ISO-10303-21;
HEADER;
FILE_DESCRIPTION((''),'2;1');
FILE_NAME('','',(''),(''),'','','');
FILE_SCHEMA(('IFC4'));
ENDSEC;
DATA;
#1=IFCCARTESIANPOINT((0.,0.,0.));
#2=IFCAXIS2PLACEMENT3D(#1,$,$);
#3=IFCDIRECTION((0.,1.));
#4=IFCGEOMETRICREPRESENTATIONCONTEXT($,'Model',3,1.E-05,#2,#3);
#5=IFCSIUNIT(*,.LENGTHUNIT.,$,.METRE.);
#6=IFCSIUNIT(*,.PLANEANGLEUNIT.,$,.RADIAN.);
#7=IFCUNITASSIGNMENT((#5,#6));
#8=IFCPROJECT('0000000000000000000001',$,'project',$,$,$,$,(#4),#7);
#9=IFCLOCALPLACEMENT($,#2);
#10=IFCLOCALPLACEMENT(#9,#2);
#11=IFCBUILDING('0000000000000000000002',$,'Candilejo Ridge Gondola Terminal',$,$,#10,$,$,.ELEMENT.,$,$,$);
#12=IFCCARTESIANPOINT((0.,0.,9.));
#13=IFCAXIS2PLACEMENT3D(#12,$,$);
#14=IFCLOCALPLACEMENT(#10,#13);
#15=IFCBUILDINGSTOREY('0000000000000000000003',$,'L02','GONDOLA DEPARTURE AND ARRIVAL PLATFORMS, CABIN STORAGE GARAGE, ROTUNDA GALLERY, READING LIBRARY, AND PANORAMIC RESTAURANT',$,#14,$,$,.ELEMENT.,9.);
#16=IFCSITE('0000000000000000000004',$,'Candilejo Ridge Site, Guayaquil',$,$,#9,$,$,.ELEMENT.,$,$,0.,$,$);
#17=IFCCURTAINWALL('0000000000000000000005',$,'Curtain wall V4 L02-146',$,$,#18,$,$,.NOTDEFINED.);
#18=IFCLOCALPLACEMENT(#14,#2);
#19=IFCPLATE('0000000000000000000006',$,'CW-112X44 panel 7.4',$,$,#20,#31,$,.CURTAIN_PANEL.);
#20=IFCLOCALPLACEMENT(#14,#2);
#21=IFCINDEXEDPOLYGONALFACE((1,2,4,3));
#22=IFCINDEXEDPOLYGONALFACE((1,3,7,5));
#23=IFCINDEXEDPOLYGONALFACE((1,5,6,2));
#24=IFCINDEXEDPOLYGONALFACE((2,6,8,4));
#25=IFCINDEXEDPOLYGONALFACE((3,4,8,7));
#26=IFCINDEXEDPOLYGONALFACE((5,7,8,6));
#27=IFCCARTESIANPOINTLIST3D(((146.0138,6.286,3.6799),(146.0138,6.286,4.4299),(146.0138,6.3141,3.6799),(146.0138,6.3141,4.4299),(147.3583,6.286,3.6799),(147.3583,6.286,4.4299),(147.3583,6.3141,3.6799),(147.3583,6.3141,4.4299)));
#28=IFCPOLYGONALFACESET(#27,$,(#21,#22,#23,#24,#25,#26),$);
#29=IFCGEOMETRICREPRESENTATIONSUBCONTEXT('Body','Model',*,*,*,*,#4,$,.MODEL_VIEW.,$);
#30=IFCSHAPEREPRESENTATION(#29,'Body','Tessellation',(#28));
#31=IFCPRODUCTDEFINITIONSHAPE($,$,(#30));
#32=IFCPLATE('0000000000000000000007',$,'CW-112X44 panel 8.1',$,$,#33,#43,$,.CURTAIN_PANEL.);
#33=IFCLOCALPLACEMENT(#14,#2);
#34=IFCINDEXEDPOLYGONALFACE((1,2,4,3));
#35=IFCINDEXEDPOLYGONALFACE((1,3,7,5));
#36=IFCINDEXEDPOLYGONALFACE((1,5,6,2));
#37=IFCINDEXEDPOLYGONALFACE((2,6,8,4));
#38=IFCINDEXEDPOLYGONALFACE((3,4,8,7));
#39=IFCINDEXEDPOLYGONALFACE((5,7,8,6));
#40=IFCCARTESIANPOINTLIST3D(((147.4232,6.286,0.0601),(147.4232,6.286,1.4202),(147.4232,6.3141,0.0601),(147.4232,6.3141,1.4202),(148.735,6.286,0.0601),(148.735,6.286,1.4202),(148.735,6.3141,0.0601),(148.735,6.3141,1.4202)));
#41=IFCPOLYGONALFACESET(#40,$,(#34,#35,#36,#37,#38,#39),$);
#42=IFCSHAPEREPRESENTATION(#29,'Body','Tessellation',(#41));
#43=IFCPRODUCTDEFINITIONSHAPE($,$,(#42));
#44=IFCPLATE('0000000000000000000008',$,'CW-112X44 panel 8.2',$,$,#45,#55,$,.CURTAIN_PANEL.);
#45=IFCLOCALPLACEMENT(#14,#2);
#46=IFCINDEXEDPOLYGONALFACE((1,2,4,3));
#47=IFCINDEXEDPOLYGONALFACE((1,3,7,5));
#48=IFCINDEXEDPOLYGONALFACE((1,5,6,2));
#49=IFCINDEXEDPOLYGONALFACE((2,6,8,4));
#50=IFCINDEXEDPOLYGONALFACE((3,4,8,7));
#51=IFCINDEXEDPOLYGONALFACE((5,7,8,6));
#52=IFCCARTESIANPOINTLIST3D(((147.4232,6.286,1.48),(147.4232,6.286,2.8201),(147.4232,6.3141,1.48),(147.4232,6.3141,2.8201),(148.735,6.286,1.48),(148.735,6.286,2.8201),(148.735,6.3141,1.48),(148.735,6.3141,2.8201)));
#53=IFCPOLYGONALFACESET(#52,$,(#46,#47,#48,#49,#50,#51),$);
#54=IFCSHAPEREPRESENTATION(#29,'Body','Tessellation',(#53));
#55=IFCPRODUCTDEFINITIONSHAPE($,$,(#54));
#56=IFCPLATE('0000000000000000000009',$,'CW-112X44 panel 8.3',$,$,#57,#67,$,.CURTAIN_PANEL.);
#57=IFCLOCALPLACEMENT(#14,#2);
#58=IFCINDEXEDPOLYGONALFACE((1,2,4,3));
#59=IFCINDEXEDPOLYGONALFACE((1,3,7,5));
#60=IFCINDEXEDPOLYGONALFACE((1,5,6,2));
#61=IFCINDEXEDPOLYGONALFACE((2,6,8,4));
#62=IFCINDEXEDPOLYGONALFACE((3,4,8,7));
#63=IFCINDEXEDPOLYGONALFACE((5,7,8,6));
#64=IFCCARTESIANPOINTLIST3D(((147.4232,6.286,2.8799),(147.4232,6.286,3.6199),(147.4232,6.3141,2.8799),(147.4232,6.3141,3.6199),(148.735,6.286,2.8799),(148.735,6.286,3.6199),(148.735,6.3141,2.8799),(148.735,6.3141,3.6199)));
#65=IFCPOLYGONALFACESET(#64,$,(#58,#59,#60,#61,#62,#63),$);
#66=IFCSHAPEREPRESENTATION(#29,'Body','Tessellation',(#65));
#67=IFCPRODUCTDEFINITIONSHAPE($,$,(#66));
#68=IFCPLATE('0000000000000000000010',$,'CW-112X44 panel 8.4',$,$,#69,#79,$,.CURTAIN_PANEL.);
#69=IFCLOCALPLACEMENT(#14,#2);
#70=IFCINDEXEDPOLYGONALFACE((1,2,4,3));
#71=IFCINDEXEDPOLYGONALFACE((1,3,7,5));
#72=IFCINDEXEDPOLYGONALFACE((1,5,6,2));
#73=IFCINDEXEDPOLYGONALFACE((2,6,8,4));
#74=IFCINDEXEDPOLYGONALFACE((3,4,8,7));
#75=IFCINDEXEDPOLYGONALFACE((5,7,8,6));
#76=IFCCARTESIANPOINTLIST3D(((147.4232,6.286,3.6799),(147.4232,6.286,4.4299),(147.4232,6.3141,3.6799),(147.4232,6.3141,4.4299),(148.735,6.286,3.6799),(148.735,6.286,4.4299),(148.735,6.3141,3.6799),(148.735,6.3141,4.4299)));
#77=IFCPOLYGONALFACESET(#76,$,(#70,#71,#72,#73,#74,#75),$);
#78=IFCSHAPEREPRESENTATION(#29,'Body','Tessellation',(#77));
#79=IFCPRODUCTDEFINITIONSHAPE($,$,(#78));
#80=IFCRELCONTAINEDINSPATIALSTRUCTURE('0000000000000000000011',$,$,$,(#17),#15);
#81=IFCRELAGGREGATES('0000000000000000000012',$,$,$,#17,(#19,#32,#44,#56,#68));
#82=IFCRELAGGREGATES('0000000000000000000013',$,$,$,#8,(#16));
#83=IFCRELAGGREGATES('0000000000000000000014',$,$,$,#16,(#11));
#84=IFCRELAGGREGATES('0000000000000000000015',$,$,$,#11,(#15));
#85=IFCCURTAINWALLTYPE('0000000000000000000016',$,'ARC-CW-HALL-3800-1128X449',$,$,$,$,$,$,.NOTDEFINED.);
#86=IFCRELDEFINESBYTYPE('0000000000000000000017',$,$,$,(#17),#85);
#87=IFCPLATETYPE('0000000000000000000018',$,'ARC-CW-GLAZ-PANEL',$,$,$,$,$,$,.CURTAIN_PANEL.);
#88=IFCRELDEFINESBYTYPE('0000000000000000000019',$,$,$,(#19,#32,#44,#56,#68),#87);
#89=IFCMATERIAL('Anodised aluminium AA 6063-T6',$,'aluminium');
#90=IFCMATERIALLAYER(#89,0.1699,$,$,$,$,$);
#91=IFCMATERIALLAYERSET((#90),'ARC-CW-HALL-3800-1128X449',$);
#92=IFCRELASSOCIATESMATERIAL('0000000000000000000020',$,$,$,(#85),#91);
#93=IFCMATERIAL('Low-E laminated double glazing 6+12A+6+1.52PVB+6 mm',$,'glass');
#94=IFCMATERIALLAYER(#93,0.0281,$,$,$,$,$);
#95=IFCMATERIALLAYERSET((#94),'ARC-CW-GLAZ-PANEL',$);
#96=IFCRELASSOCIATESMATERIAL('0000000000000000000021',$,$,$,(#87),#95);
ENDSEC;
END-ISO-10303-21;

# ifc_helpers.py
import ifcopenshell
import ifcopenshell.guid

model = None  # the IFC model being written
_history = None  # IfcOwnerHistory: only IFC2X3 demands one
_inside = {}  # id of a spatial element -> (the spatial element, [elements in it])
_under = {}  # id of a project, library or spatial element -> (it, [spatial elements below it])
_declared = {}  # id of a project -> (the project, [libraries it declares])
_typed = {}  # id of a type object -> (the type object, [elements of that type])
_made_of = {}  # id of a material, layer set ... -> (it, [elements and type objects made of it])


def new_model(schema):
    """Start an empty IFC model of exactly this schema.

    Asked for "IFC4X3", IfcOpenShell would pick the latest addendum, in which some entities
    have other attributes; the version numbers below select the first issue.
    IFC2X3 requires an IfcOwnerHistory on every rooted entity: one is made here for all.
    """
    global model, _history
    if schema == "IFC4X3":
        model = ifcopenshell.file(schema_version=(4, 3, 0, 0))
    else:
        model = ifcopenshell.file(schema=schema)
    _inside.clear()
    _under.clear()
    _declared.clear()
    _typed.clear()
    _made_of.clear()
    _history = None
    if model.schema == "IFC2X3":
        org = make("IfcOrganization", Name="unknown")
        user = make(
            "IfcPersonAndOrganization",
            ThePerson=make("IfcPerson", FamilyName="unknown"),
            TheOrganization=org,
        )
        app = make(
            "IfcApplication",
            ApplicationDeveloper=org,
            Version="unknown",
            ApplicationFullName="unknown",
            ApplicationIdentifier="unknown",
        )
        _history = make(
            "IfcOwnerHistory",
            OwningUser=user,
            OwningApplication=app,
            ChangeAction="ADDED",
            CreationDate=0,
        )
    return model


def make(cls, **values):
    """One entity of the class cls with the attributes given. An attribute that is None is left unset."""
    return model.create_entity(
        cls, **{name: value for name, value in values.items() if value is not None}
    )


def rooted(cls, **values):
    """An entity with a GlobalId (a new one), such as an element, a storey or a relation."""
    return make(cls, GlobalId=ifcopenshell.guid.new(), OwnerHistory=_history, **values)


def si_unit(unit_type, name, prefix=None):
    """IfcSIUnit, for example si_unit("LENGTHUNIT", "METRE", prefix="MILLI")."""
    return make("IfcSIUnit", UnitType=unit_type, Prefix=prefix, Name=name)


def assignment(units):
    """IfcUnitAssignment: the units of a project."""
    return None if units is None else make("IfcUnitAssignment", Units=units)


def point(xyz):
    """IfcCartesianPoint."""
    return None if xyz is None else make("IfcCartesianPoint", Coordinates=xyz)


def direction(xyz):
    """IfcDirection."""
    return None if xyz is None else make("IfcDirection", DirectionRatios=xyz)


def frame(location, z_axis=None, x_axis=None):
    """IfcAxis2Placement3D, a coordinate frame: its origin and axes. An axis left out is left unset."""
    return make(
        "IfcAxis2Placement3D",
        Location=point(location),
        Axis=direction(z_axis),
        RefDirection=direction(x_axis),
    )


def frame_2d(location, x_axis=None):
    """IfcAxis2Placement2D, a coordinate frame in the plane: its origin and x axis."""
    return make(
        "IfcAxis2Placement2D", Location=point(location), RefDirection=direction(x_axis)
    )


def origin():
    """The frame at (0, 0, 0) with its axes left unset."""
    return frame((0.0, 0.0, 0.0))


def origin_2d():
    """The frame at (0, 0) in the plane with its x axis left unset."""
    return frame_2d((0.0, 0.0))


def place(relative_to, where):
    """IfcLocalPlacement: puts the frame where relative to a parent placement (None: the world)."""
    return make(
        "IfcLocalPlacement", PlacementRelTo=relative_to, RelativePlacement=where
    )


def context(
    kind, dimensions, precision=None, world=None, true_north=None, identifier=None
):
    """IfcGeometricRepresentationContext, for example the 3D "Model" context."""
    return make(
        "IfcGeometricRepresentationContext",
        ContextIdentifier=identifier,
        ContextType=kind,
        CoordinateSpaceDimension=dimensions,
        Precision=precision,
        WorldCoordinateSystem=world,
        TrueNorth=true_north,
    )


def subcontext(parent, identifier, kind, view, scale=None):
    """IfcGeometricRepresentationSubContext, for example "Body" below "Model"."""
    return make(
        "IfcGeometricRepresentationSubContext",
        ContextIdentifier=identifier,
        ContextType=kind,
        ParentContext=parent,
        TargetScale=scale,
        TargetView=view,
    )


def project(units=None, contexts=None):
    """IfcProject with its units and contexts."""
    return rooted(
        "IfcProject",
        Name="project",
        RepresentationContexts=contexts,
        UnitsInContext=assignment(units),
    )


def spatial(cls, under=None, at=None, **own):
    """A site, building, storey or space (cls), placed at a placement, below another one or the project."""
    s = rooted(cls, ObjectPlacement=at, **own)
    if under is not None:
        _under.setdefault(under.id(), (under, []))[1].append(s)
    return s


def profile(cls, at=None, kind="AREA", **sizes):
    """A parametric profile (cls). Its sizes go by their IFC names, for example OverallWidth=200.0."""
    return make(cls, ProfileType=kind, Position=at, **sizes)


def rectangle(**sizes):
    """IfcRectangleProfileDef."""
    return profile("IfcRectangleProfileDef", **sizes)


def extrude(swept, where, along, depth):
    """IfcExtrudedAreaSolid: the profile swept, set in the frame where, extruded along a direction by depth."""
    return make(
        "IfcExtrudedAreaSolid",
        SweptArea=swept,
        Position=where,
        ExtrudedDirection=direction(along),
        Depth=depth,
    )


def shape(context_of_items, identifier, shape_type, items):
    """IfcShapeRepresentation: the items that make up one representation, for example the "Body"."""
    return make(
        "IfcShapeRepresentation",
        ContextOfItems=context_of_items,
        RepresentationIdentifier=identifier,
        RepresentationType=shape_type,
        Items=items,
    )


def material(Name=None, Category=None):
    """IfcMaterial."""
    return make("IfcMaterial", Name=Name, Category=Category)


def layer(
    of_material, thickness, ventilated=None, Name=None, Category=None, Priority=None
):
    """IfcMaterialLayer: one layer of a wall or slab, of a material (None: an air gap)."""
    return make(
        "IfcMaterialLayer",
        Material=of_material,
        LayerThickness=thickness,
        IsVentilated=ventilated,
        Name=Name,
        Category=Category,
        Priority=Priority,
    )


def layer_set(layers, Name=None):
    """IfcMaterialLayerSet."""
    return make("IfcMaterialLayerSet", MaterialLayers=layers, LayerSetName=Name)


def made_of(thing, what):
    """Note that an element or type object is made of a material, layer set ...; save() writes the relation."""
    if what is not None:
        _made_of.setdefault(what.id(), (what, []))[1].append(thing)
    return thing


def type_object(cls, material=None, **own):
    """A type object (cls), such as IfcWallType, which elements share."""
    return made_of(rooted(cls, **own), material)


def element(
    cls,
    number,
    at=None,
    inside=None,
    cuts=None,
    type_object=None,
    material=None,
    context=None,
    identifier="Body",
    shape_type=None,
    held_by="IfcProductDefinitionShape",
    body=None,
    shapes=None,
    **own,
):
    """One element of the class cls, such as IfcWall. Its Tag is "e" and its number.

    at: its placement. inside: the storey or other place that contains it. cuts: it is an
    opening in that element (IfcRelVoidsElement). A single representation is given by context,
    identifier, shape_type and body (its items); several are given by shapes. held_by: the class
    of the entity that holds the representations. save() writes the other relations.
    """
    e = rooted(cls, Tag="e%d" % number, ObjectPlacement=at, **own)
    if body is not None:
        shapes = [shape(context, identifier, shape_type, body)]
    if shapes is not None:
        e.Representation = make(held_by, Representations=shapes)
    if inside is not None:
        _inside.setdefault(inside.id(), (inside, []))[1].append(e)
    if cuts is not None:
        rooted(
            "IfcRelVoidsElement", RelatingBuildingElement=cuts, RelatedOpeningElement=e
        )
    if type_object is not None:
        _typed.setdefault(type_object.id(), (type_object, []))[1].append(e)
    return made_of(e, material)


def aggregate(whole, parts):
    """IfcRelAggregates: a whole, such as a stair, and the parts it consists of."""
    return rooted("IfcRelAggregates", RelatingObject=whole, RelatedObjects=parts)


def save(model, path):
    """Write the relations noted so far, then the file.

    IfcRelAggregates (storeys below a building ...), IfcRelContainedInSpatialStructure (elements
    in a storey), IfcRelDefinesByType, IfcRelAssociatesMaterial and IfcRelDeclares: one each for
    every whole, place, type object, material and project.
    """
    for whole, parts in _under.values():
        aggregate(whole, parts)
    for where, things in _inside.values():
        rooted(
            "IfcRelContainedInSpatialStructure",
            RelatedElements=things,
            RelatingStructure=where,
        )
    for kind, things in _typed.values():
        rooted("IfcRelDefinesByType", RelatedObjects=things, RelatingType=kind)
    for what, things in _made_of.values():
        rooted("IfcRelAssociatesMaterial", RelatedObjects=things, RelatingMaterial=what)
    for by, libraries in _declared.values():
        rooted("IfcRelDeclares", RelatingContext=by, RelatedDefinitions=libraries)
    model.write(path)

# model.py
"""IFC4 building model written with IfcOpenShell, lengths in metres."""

from ifc_helpers import new_model, si_unit, direction, frame, origin, origin_2d, place, context, subcontext, project, spatial, rectangle, extrude, material, layer, layer_set, type_object, element, aggregate, save


model = new_model("IFC4")

# Units and contexts
model_context = context("Model", 3, precision=1e-05, world=origin(), true_north=direction((0.0, 1.0)))
body_context = subcontext(model_context, "Body", "Model", "MODEL_VIEW")
ifc_project = project(units=[si_unit("LENGTHUNIT", "METRE"), si_unit("PLANEANGLEUNIT", "RADIAN")], contexts=[model_context])

# Site, building, storey
site_placement = place(None, origin())
site = spatial("IfcSite", under=ifc_project, at=site_placement, Name="Candilejo Ridge Site, Guayaquil", CompositionType="ELEMENT", RefElevation=0.0)
building_placement = place(site_placement, origin())
building = spatial("IfcBuilding", under=site, at=building_placement, Name="Candilejo Ridge Gondola Terminal", CompositionType="ELEMENT")
storey_placement = place(building_placement, frame((0.0, 0.0, 9.0)))
storey = spatial("IfcBuildingStorey", under=building, at=storey_placement, Name="L02", Description="GONDOLA DEPARTURE AND ARRIVAL PLATFORMS, CABIN STORAGE GARAGE, ROTUNDA GALLERY, READING LIBRARY, AND PANORAMIC RESTAURANT", CompositionType="ELEMENT", Elevation=9.0)

# Curtain wall, plates
ifc_material_1 = material(Name="Anodised aluminium AA 6063-T6", Category="aluminium")
ifc_layer_1 = layer(ifc_material_1, 0.1699)
ifc_layer_set_1 = layer_set([ifc_layer_1], Name="ARC-CW-HALL-3800-1128X449")
curtain_wall_type = type_object("IfcCurtainWallType", Name="ARC-CW-HALL-3800-1128X449", PredefinedType="NOTDEFINED", material=ifc_layer_set_1)
curtain_wall_placement = place(storey_placement, origin())
curtain_wall = element("IfcCurtainWall", 1, at=curtain_wall_placement, inside=storey, type_object=curtain_wall_type, Name="Curtain wall V4 L02-146", PredefinedType="NOTDEFINED")
ifc_material_2 = material(Name="Low-E laminated double glazing 6+12A+6+1.52PVB+6 mm", Category="glass")
ifc_layer_2 = layer(ifc_material_2, 0.0281)
ifc_layer_set_2 = layer_set([ifc_layer_2], Name="ARC-CW-GLAZ-PANEL")
plate_type = type_object("IfcPlateType", Name="ARC-CW-GLAZ-PANEL", PredefinedType="CURTAIN_PANEL", material=ifc_layer_set_2)
plate_1_placement = place(storey_placement, frame((146.686, 6.3, 3.6799), z_axis=(0.0, 0.0, 1.0), x_axis=(1.0, 0.0, 0.0)))
plate_1 = element("IfcPlate", 2, at=plate_1_placement, type_object=plate_type, Name="CW-112X44 panel 7.4", PredefinedType="CURTAIN_PANEL", context=body_context, shape_type="SweptSolid", body=[
    extrude(rectangle(XDim=1.3445, YDim=0.0281, at=origin_2d()), origin(), (0.0, 0.0, 1.0), 0.75),
])
plate_2_placement = place(storey_placement, frame((148.0791, 6.3, 0.0601), z_axis=(0.0, 0.0, 1.0), x_axis=(1.0, 0.0, 0.0)))
plate_2 = element("IfcPlate", 3, at=plate_2_placement, type_object=plate_type, Name="CW-112X44 panel 8.1", PredefinedType="CURTAIN_PANEL", context=body_context, shape_type="SweptSolid", body=[
    extrude(rectangle(XDim=1.3118, YDim=0.0281, at=origin_2d()), origin(), (0.0, 0.0, 1.0), 1.3601),
])
plate_3_placement = place(storey_placement, frame((148.0791, 6.3, 1.48), z_axis=(0.0, 0.0, 1.0), x_axis=(1.0, 0.0, 0.0)))
plate_3 = element("IfcPlate", 4, at=plate_3_placement, type_object=plate_type, Name="CW-112X44 panel 8.2", PredefinedType="CURTAIN_PANEL", context=body_context, shape_type="SweptSolid", body=[
    extrude(rectangle(XDim=1.3118, YDim=0.0281, at=origin_2d()), origin(), (0.0, 0.0, 1.0), 1.3401),
])
plate_4_placement = place(storey_placement, frame((148.0791, 6.3, 2.8799), z_axis=(0.0, 0.0, 1.0), x_axis=(1.0, 0.0, 0.0)))
plate_4 = element("IfcPlate", 5, at=plate_4_placement, type_object=plate_type, Name="CW-112X44 panel 8.3", PredefinedType="CURTAIN_PANEL", context=body_context, shape_type="SweptSolid", body=[
    extrude(rectangle(XDim=1.3118, YDim=0.0281, at=origin_2d()), origin(), (0.0, 0.0, 1.0), 0.74),
])
plate_5_placement = place(storey_placement, frame((148.0791, 6.3, 3.6799), z_axis=(0.0, 0.0, 1.0), x_axis=(1.0, 0.0, 0.0)))
plate_5 = element("IfcPlate", 6, at=plate_5_placement, type_object=plate_type, Name="CW-112X44 panel 8.4", PredefinedType="CURTAIN_PANEL", context=body_context, shape_type="SweptSolid", body=[
    extrude(rectangle(XDim=1.3118, YDim=0.0281, at=origin_2d()), origin(), (0.0, 0.0, 1.0), 0.75),
])
aggregate(curtain_wall, [plate_1, plate_2, plate_3, plate_4, plate_5])

save(model, "model.ifc")
